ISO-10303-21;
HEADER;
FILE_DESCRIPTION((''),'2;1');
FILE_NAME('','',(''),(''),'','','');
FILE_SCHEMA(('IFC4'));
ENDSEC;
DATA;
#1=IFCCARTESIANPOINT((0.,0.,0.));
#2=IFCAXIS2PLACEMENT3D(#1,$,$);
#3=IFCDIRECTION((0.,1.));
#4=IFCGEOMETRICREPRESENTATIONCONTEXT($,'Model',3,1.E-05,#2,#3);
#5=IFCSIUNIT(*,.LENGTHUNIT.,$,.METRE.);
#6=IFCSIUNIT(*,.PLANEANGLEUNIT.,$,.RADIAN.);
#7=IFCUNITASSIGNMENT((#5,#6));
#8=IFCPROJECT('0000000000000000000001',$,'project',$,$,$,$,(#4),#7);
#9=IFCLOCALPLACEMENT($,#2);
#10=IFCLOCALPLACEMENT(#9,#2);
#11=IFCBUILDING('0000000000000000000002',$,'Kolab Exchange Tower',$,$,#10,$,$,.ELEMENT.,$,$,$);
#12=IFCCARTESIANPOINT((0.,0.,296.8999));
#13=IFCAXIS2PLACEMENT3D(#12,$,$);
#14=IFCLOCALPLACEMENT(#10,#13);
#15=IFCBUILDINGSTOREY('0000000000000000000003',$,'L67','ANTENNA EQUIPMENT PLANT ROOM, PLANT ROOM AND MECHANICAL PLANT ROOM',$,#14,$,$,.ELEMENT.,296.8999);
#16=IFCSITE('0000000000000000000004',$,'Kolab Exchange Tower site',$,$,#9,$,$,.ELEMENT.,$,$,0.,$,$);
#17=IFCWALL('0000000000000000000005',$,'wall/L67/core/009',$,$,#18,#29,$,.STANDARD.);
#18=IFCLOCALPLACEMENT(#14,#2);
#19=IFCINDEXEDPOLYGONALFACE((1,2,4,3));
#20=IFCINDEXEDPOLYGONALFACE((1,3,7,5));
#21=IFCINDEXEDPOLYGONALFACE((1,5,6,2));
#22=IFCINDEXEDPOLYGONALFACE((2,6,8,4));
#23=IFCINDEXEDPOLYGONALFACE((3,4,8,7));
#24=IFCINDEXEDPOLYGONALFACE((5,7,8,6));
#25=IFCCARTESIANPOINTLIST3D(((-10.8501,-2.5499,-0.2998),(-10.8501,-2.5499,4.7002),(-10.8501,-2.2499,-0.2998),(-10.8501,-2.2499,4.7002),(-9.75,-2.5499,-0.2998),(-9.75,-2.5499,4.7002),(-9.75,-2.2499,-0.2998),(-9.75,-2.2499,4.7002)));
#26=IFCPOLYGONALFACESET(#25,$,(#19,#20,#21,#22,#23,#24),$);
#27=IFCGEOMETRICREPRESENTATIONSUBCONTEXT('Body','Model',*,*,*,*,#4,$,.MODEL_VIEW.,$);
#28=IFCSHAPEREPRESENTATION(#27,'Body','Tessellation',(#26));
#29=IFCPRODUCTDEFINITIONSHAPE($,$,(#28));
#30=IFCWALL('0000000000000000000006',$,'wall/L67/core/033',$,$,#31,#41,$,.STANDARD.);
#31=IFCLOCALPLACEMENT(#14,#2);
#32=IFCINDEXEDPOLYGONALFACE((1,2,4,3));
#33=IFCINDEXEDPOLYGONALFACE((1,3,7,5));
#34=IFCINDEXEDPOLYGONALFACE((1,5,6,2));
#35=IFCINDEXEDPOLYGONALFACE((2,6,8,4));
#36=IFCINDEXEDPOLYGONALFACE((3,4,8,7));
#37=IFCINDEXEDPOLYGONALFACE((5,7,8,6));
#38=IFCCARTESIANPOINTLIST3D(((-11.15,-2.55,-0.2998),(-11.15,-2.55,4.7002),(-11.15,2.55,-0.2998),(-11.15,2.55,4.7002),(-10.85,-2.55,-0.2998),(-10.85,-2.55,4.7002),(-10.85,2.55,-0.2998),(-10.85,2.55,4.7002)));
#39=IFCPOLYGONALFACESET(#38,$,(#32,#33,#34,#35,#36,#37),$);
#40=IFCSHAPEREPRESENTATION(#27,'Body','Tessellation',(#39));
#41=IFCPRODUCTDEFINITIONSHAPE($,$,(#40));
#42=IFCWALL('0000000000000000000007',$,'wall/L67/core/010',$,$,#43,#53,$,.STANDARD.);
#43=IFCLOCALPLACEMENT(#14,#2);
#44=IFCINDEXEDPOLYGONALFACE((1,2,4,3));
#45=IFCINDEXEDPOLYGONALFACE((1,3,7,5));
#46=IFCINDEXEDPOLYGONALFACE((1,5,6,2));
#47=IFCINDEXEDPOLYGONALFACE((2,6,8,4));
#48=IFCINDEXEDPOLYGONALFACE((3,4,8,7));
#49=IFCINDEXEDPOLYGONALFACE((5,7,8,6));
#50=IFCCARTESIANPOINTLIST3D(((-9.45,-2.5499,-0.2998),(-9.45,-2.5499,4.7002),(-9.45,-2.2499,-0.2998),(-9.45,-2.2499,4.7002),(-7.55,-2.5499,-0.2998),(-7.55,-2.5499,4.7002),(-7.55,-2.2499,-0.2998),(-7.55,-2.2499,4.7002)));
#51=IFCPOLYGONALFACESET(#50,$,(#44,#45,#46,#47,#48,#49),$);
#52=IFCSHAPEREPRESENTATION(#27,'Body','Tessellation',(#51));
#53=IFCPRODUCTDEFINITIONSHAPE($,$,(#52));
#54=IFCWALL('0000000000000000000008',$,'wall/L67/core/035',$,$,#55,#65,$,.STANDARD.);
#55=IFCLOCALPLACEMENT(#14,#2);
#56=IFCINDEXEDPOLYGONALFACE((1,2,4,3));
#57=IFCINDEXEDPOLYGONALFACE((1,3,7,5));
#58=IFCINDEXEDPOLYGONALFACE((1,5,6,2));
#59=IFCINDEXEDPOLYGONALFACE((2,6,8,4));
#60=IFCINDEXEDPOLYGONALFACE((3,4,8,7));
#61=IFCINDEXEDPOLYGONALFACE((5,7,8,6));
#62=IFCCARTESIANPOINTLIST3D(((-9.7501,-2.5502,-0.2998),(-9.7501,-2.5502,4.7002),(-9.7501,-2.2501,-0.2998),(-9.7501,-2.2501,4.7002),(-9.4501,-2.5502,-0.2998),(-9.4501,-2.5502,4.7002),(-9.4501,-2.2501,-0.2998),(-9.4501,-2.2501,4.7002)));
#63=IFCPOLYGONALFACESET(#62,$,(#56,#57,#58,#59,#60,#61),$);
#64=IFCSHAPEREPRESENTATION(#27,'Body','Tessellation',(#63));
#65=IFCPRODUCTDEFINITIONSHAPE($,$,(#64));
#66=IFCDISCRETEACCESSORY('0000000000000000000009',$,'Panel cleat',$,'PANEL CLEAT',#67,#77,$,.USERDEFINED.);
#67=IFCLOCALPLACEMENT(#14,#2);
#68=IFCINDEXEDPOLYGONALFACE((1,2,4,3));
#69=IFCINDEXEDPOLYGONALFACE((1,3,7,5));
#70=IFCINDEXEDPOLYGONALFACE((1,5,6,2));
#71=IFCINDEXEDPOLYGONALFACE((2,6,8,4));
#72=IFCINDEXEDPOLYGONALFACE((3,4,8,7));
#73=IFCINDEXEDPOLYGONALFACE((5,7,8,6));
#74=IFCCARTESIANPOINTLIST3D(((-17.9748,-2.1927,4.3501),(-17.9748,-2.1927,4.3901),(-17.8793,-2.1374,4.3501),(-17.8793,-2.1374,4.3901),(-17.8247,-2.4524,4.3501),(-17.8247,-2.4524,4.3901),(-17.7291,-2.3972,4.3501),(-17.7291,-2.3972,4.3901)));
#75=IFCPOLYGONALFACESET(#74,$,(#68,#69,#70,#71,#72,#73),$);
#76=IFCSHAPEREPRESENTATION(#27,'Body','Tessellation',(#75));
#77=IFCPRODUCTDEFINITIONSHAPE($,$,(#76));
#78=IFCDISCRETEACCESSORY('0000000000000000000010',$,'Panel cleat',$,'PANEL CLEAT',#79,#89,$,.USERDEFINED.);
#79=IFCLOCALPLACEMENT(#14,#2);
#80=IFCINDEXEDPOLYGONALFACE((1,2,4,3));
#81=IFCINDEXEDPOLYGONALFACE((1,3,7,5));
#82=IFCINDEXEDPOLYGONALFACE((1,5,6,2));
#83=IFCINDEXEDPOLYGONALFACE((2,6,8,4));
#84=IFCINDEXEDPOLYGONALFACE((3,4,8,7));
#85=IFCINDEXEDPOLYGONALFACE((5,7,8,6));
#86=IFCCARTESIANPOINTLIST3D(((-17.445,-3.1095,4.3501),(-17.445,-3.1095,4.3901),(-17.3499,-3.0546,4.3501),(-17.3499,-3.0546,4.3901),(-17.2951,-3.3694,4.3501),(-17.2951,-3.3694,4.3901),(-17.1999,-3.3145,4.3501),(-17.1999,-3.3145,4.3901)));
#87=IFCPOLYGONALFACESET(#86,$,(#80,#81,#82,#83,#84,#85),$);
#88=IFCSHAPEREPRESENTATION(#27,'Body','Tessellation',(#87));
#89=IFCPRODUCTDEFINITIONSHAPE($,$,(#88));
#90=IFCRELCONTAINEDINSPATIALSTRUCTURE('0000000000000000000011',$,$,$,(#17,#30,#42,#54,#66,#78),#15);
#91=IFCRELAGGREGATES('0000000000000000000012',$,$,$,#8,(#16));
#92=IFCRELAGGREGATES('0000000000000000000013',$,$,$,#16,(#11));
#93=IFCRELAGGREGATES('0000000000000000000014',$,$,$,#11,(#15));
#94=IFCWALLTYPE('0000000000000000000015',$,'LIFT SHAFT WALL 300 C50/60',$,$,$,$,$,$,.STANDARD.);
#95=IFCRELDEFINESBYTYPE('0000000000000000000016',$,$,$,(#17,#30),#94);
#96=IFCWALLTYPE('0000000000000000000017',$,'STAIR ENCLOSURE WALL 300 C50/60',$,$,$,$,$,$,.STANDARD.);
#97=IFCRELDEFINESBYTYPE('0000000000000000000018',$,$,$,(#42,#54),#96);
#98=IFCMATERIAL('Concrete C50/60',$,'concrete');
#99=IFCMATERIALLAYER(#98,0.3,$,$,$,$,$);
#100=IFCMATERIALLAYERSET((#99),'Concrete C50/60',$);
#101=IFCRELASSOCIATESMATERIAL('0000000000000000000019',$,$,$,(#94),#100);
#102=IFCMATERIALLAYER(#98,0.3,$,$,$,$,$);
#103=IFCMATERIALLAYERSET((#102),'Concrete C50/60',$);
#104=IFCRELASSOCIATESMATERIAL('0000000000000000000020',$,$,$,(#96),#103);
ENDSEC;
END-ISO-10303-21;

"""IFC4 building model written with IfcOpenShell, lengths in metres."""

from ifc_helpers import new_model, si_unit, direction, frame, frame_2d, origin, origin_2d, place, context, subcontext, project, spatial, rectangle, extrude, material, layer, layer_set, type_object, element, save


model = new_model("IFC4")

# Units and contexts
model_context = context("Model", 3, precision=1e-05, world=origin(), true_north=direction((0.0, 1.0)))
body_context = subcontext(model_context, "Body", "Model", "MODEL_VIEW")
ifc_project = project(units=[si_unit("LENGTHUNIT", "METRE"), si_unit("PLANEANGLEUNIT", "RADIAN")], contexts=[model_context])

# Site, building, storey
site_placement = place(None, origin())
site = spatial("IfcSite", under=ifc_project, at=site_placement, Name="Kolab Exchange Tower site", CompositionType="ELEMENT", RefElevation=0.0)
building_placement = place(site_placement, origin())
building = spatial("IfcBuilding", under=site, at=building_placement, Name="Kolab Exchange Tower", CompositionType="ELEMENT")
storey_placement = place(building_placement, frame((0.0, 0.0, 296.8999)))
storey = spatial("IfcBuildingStorey", under=building, at=storey_placement, Name="L67", Description="ANTENNA EQUIPMENT PLANT ROOM, PLANT ROOM AND MECHANICAL PLANT ROOM", CompositionType="ELEMENT", Elevation=296.8999)

# Shared definitions
ifc_material_1 = material(Name="Concrete C50/60", Category="concrete")

# Walls
ifc_layer_1 = layer(ifc_material_1, 0.3)
ifc_layer_set_1 = layer_set([ifc_layer_1], Name="Concrete C50/60")
wall_type_1 = type_object("IfcWallType", Name="LIFT SHAFT WALL 300 C50/60", PredefinedType="STANDARD", material=ifc_layer_set_1)
wall_1_placement = place(storey_placement, frame((-10.8501, -2.3999, -0.2998), z_axis=(0.0, 0.0, 1.0), x_axis=(1.0, 0.0, 0.0)))
element("IfcWall", 1, at=wall_1_placement, inside=storey, type_object=wall_type_1, Name="wall/L67/core/009", PredefinedType="STANDARD", context=body_context, shape_type="SweptSolid", body=[
    extrude(rectangle(XDim=1.1001, YDim=0.3, at=frame_2d((0.55, 0.0))), origin(), (0.0, 0.0, 1.0), 5.0),
])
wall_2_placement = place(storey_placement, frame((-11.0, -2.55, -0.2998), z_axis=(0.0, 0.0, 1.0), x_axis=(0.0, 1.0, 0.0)))
element("IfcWall", 2, at=wall_2_placement, inside=storey, type_object=wall_type_1, Name="wall/L67/core/033", PredefinedType="STANDARD", context=body_context, shape_type="SweptSolid", body=[
    extrude(rectangle(XDim=5.1001, YDim=0.3, at=frame_2d((2.55, 0.0))), origin(), (0.0, 0.0, 1.0), 5.0),
])
ifc_layer_2 = layer(ifc_material_1, 0.3)
ifc_layer_set_2 = layer_set([ifc_layer_2], Name="Concrete C50/60")
wall_type_2 = type_object("IfcWallType", Name="STAIR ENCLOSURE WALL 300 C50/60", PredefinedType="STANDARD", material=ifc_layer_set_2)
wall_3_placement = place(storey_placement, frame((-9.45, -2.3999, -0.2998), z_axis=(0.0, 0.0, 1.0), x_axis=(1.0, 0.0, 0.0)))
element("IfcWall", 3, at=wall_3_placement, inside=storey, type_object=wall_type_2, Name="wall/L67/core/010", PredefinedType="STANDARD", context=body_context, shape_type="SweptSolid", body=[
    extrude(rectangle(XDim=1.8999, YDim=0.3, at=frame_2d((0.95, 0.0))), origin(), (0.0, 0.0, 1.0), 5.0),
])
wall_4_placement = place(storey_placement, frame((-9.6001, -2.55, -0.2998), z_axis=(0.0, 0.0, 1.0), x_axis=(0.0, 1.0, 0.0)))
element("IfcWall", 4, at=wall_4_placement, inside=storey, type_object=wall_type_2, Name="wall/L67/core/035", PredefinedType="STANDARD", context=body_context, shape_type="SweptSolid", body=[
    extrude(rectangle(XDim=0.3, YDim=0.3, at=frame_2d((0.1499, 0.0))), origin(), (0.0, 0.0, 1.0), 5.0),
])

# Discrete accessories
discrete_accessory_1_placement = place(storey_placement, frame((-17.8042, -2.2673, 4.3701), z_axis=(-0.86578, -0.500425, 0.0), x_axis=(0.500425, -0.86578, 0.0)))
element("IfcDiscreteAccessory", 5, at=discrete_accessory_1_placement, inside=storey, Name="Panel cleat", ObjectType="PANEL CLEAT", PredefinedType="USERDEFINED", context=body_context, shape_type="SweptSolid", body=[
    extrude(rectangle(XDim=0.3, YDim=0.04, at=origin_2d()), origin(), (0.0, 0.0, 1.0), 0.1104),
])
discrete_accessory_2_placement = place(storey_placement, frame((-17.2749, -3.1846, 4.3701), z_axis=(-0.866186, -0.499722, 0.0), x_axis=(0.499722, -0.866186, 0.0)))
element("IfcDiscreteAccessory", 6, at=discrete_accessory_2_placement, inside=storey, Name="Panel cleat", ObjectType="PANEL CLEAT", PredefinedType="USERDEFINED", context=body_context, shape_type="SweptSolid", body=[
    extrude(rectangle(XDim=0.3, YDim=0.04, at=origin_2d()), origin(), (0.0, 0.0, 1.0), 0.1099),
])

save(model, "model.ifc")
